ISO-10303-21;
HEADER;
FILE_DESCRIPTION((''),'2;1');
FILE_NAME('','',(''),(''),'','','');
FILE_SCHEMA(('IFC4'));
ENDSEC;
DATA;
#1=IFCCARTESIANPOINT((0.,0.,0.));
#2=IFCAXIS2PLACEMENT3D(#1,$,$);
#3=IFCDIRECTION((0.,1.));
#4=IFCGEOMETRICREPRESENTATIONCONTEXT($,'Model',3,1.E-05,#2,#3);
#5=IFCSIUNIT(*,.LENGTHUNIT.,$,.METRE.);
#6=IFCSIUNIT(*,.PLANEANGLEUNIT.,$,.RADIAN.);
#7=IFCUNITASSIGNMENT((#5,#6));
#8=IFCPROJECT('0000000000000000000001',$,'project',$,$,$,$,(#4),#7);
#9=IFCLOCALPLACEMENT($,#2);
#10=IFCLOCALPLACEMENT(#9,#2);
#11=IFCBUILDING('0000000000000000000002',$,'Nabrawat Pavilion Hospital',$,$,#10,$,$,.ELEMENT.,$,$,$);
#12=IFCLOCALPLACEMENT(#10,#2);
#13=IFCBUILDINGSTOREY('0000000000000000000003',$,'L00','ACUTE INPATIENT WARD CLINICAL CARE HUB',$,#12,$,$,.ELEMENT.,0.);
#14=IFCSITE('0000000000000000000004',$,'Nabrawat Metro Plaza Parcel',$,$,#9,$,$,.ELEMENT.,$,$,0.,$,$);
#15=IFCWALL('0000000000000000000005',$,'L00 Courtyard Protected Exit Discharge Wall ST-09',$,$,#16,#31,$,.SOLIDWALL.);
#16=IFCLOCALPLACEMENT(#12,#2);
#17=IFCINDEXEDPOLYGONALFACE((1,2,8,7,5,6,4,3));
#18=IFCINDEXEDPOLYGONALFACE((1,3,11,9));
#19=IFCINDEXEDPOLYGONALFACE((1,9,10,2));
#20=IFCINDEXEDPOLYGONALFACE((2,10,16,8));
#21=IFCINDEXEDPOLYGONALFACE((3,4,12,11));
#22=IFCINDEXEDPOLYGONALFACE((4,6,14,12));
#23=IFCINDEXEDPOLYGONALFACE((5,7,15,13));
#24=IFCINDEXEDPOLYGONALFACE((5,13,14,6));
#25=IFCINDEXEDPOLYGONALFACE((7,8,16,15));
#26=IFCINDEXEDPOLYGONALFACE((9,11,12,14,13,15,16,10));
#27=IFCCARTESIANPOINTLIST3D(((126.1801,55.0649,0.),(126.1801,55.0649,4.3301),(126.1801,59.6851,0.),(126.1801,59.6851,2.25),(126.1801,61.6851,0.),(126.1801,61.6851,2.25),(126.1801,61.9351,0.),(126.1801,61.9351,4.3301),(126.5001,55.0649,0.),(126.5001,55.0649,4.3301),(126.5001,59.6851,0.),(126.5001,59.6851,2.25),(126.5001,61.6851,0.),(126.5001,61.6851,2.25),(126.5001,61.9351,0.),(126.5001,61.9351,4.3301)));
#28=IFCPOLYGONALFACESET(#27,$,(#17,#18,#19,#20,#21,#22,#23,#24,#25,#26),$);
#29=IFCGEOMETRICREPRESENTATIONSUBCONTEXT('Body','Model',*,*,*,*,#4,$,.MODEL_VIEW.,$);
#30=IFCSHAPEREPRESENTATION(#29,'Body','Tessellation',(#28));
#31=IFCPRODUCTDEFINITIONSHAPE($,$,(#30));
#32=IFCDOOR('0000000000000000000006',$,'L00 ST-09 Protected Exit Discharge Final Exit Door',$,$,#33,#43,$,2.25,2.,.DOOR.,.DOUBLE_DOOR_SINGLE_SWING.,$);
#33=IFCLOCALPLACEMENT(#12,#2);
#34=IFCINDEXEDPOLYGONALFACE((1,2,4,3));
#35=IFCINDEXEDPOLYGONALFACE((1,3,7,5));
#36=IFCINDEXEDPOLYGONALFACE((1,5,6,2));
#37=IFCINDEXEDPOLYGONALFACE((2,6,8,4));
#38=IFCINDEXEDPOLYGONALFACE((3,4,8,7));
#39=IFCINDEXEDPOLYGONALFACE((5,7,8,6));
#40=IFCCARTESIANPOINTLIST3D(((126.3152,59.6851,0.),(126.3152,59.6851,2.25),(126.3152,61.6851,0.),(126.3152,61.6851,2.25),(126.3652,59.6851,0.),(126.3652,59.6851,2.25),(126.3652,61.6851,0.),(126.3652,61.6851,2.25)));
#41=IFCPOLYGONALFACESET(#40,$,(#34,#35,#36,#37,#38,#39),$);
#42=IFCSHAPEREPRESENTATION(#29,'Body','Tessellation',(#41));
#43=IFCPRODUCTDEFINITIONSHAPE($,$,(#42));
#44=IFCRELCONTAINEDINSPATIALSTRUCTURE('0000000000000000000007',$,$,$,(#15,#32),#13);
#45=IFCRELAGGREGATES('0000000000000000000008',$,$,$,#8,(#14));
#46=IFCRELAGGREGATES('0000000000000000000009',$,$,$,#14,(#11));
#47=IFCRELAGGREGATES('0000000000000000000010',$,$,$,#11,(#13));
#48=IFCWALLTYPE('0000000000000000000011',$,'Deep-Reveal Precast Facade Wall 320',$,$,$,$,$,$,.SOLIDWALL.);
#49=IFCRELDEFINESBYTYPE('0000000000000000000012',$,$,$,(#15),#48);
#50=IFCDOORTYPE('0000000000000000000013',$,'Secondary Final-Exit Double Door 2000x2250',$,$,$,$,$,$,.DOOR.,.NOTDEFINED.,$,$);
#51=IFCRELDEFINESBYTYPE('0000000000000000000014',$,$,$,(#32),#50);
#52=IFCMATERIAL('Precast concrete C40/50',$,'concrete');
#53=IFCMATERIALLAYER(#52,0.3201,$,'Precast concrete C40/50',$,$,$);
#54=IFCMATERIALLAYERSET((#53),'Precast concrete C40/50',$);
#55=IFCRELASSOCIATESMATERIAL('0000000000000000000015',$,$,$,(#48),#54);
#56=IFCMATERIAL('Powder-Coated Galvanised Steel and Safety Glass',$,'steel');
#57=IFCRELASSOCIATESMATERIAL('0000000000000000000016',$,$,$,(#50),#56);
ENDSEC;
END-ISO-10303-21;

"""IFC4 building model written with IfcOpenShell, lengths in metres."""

from ifc_helpers import new_model, si_unit, direction, frame, frame_2d, origin, place, context, subcontext, project, spatial, rectangle, extrude, material, layer, layer_set, type_object, element, fill, save


model = new_model("IFC4")

# Units and contexts
model_context = context("Model", 3, precision=1e-05, world=origin(), true_north=direction((0.0, 1.0)))
body_context = subcontext(model_context, "Body", "Model", "MODEL_VIEW")
ifc_project = project(units=[si_unit("LENGTHUNIT", "METRE"), si_unit("PLANEANGLEUNIT", "RADIAN")], contexts=[model_context])

# Site, building, storey
site_placement = place(None, origin())
site = spatial("IfcSite", under=ifc_project, at=site_placement, Name="Nabrawat Metro Plaza Parcel", CompositionType="ELEMENT", RefElevation=0.0)
building_placement = place(site_placement, origin())
building = spatial("IfcBuilding", under=site, at=building_placement, Name="Nabrawat Pavilion Hospital", CompositionType="ELEMENT")
storey_placement = place(building_placement, origin())
storey = spatial("IfcBuildingStorey", under=building, at=storey_placement, Name="L00", Description="ACUTE INPATIENT WARD CLINICAL CARE HUB", CompositionType="ELEMENT", Elevation=0.0)

# Wall, opening, door
ifc_material_1 = material(Name="Precast concrete C40/50", Category="concrete")
ifc_layer_1 = layer(ifc_material_1, 0.3201, Name="Precast concrete C40/50")
ifc_layer_set_1 = layer_set([ifc_layer_1], Name="Precast concrete C40/50")
wall_type = type_object("IfcWallType", Name="Deep-Reveal Precast Facade Wall 320", PredefinedType="SOLIDWALL", material=ifc_layer_set_1)
wall_placement = place(storey_placement, frame((126.3401, 55.0649, 0.0), z_axis=(0.0, 0.0, 1.0), x_axis=(0.0, 1.0, 0.0)))
wall = element("IfcWall", 1, at=wall_placement, inside=storey, type_object=wall_type, Name="L00 Courtyard Protected Exit Discharge Wall ST-09", PredefinedType="SOLIDWALL", context=body_context, shape_type="SweptSolid", body=[
    extrude(rectangle(XDim=6.8701, YDim=0.3201, at=frame_2d((3.4351, 0.0))), origin(), (0.0, 0.0, 1.0), 4.3301),
])
opening_placement = place(wall_placement, frame((4.6201, 0.0, 0.0)))
opening = element("IfcOpeningElement", 2, at=opening_placement, cuts=wall, PredefinedType="OPENING", context=body_context, shape_type="SweptSolid", body=[
    extrude(rectangle(XDim=2.0, YDim=2.25, at=frame_2d((1.0, 1.125))), frame((0.0, 0.1699, 0.0), z_axis=(0.0, -1.0, 0.0), x_axis=(1.0, 0.0, 0.0)), (0.0, 0.0, 1.0), 0.3401),
])
ifc_material_2 = material(Name="Powder-Coated Galvanised Steel and Safety Glass", Category="steel")
door_type = type_object("IfcDoorType", Name="Secondary Final-Exit Double Door 2000x2250", OperationType="NOTDEFINED", PredefinedType="DOOR", material=ifc_material_2)
door_placement = place(opening_placement, origin())
door = element("IfcDoor", 3, at=door_placement, inside=storey, type_object=door_type, Name="L00 ST-09 Protected Exit Discharge Final Exit Door", OperationType="DOUBLE_DOOR_SINGLE_SWING", OverallHeight=2.25, OverallWidth=2.0, PredefinedType="DOOR", context=body_context, shape_type="SweptSolid", body=[
    extrude(rectangle(XDim=2.0, YDim=2.25, at=frame_2d((1.0, 1.125))), frame((0.0, 0.0249, 0.0), z_axis=(0.0, -1.0, 0.0), x_axis=(1.0, 0.0, 0.0)), (0.0, 0.0, 1.0), 0.05),
])
fill(opening, door)

save(model, "model.ifc")
